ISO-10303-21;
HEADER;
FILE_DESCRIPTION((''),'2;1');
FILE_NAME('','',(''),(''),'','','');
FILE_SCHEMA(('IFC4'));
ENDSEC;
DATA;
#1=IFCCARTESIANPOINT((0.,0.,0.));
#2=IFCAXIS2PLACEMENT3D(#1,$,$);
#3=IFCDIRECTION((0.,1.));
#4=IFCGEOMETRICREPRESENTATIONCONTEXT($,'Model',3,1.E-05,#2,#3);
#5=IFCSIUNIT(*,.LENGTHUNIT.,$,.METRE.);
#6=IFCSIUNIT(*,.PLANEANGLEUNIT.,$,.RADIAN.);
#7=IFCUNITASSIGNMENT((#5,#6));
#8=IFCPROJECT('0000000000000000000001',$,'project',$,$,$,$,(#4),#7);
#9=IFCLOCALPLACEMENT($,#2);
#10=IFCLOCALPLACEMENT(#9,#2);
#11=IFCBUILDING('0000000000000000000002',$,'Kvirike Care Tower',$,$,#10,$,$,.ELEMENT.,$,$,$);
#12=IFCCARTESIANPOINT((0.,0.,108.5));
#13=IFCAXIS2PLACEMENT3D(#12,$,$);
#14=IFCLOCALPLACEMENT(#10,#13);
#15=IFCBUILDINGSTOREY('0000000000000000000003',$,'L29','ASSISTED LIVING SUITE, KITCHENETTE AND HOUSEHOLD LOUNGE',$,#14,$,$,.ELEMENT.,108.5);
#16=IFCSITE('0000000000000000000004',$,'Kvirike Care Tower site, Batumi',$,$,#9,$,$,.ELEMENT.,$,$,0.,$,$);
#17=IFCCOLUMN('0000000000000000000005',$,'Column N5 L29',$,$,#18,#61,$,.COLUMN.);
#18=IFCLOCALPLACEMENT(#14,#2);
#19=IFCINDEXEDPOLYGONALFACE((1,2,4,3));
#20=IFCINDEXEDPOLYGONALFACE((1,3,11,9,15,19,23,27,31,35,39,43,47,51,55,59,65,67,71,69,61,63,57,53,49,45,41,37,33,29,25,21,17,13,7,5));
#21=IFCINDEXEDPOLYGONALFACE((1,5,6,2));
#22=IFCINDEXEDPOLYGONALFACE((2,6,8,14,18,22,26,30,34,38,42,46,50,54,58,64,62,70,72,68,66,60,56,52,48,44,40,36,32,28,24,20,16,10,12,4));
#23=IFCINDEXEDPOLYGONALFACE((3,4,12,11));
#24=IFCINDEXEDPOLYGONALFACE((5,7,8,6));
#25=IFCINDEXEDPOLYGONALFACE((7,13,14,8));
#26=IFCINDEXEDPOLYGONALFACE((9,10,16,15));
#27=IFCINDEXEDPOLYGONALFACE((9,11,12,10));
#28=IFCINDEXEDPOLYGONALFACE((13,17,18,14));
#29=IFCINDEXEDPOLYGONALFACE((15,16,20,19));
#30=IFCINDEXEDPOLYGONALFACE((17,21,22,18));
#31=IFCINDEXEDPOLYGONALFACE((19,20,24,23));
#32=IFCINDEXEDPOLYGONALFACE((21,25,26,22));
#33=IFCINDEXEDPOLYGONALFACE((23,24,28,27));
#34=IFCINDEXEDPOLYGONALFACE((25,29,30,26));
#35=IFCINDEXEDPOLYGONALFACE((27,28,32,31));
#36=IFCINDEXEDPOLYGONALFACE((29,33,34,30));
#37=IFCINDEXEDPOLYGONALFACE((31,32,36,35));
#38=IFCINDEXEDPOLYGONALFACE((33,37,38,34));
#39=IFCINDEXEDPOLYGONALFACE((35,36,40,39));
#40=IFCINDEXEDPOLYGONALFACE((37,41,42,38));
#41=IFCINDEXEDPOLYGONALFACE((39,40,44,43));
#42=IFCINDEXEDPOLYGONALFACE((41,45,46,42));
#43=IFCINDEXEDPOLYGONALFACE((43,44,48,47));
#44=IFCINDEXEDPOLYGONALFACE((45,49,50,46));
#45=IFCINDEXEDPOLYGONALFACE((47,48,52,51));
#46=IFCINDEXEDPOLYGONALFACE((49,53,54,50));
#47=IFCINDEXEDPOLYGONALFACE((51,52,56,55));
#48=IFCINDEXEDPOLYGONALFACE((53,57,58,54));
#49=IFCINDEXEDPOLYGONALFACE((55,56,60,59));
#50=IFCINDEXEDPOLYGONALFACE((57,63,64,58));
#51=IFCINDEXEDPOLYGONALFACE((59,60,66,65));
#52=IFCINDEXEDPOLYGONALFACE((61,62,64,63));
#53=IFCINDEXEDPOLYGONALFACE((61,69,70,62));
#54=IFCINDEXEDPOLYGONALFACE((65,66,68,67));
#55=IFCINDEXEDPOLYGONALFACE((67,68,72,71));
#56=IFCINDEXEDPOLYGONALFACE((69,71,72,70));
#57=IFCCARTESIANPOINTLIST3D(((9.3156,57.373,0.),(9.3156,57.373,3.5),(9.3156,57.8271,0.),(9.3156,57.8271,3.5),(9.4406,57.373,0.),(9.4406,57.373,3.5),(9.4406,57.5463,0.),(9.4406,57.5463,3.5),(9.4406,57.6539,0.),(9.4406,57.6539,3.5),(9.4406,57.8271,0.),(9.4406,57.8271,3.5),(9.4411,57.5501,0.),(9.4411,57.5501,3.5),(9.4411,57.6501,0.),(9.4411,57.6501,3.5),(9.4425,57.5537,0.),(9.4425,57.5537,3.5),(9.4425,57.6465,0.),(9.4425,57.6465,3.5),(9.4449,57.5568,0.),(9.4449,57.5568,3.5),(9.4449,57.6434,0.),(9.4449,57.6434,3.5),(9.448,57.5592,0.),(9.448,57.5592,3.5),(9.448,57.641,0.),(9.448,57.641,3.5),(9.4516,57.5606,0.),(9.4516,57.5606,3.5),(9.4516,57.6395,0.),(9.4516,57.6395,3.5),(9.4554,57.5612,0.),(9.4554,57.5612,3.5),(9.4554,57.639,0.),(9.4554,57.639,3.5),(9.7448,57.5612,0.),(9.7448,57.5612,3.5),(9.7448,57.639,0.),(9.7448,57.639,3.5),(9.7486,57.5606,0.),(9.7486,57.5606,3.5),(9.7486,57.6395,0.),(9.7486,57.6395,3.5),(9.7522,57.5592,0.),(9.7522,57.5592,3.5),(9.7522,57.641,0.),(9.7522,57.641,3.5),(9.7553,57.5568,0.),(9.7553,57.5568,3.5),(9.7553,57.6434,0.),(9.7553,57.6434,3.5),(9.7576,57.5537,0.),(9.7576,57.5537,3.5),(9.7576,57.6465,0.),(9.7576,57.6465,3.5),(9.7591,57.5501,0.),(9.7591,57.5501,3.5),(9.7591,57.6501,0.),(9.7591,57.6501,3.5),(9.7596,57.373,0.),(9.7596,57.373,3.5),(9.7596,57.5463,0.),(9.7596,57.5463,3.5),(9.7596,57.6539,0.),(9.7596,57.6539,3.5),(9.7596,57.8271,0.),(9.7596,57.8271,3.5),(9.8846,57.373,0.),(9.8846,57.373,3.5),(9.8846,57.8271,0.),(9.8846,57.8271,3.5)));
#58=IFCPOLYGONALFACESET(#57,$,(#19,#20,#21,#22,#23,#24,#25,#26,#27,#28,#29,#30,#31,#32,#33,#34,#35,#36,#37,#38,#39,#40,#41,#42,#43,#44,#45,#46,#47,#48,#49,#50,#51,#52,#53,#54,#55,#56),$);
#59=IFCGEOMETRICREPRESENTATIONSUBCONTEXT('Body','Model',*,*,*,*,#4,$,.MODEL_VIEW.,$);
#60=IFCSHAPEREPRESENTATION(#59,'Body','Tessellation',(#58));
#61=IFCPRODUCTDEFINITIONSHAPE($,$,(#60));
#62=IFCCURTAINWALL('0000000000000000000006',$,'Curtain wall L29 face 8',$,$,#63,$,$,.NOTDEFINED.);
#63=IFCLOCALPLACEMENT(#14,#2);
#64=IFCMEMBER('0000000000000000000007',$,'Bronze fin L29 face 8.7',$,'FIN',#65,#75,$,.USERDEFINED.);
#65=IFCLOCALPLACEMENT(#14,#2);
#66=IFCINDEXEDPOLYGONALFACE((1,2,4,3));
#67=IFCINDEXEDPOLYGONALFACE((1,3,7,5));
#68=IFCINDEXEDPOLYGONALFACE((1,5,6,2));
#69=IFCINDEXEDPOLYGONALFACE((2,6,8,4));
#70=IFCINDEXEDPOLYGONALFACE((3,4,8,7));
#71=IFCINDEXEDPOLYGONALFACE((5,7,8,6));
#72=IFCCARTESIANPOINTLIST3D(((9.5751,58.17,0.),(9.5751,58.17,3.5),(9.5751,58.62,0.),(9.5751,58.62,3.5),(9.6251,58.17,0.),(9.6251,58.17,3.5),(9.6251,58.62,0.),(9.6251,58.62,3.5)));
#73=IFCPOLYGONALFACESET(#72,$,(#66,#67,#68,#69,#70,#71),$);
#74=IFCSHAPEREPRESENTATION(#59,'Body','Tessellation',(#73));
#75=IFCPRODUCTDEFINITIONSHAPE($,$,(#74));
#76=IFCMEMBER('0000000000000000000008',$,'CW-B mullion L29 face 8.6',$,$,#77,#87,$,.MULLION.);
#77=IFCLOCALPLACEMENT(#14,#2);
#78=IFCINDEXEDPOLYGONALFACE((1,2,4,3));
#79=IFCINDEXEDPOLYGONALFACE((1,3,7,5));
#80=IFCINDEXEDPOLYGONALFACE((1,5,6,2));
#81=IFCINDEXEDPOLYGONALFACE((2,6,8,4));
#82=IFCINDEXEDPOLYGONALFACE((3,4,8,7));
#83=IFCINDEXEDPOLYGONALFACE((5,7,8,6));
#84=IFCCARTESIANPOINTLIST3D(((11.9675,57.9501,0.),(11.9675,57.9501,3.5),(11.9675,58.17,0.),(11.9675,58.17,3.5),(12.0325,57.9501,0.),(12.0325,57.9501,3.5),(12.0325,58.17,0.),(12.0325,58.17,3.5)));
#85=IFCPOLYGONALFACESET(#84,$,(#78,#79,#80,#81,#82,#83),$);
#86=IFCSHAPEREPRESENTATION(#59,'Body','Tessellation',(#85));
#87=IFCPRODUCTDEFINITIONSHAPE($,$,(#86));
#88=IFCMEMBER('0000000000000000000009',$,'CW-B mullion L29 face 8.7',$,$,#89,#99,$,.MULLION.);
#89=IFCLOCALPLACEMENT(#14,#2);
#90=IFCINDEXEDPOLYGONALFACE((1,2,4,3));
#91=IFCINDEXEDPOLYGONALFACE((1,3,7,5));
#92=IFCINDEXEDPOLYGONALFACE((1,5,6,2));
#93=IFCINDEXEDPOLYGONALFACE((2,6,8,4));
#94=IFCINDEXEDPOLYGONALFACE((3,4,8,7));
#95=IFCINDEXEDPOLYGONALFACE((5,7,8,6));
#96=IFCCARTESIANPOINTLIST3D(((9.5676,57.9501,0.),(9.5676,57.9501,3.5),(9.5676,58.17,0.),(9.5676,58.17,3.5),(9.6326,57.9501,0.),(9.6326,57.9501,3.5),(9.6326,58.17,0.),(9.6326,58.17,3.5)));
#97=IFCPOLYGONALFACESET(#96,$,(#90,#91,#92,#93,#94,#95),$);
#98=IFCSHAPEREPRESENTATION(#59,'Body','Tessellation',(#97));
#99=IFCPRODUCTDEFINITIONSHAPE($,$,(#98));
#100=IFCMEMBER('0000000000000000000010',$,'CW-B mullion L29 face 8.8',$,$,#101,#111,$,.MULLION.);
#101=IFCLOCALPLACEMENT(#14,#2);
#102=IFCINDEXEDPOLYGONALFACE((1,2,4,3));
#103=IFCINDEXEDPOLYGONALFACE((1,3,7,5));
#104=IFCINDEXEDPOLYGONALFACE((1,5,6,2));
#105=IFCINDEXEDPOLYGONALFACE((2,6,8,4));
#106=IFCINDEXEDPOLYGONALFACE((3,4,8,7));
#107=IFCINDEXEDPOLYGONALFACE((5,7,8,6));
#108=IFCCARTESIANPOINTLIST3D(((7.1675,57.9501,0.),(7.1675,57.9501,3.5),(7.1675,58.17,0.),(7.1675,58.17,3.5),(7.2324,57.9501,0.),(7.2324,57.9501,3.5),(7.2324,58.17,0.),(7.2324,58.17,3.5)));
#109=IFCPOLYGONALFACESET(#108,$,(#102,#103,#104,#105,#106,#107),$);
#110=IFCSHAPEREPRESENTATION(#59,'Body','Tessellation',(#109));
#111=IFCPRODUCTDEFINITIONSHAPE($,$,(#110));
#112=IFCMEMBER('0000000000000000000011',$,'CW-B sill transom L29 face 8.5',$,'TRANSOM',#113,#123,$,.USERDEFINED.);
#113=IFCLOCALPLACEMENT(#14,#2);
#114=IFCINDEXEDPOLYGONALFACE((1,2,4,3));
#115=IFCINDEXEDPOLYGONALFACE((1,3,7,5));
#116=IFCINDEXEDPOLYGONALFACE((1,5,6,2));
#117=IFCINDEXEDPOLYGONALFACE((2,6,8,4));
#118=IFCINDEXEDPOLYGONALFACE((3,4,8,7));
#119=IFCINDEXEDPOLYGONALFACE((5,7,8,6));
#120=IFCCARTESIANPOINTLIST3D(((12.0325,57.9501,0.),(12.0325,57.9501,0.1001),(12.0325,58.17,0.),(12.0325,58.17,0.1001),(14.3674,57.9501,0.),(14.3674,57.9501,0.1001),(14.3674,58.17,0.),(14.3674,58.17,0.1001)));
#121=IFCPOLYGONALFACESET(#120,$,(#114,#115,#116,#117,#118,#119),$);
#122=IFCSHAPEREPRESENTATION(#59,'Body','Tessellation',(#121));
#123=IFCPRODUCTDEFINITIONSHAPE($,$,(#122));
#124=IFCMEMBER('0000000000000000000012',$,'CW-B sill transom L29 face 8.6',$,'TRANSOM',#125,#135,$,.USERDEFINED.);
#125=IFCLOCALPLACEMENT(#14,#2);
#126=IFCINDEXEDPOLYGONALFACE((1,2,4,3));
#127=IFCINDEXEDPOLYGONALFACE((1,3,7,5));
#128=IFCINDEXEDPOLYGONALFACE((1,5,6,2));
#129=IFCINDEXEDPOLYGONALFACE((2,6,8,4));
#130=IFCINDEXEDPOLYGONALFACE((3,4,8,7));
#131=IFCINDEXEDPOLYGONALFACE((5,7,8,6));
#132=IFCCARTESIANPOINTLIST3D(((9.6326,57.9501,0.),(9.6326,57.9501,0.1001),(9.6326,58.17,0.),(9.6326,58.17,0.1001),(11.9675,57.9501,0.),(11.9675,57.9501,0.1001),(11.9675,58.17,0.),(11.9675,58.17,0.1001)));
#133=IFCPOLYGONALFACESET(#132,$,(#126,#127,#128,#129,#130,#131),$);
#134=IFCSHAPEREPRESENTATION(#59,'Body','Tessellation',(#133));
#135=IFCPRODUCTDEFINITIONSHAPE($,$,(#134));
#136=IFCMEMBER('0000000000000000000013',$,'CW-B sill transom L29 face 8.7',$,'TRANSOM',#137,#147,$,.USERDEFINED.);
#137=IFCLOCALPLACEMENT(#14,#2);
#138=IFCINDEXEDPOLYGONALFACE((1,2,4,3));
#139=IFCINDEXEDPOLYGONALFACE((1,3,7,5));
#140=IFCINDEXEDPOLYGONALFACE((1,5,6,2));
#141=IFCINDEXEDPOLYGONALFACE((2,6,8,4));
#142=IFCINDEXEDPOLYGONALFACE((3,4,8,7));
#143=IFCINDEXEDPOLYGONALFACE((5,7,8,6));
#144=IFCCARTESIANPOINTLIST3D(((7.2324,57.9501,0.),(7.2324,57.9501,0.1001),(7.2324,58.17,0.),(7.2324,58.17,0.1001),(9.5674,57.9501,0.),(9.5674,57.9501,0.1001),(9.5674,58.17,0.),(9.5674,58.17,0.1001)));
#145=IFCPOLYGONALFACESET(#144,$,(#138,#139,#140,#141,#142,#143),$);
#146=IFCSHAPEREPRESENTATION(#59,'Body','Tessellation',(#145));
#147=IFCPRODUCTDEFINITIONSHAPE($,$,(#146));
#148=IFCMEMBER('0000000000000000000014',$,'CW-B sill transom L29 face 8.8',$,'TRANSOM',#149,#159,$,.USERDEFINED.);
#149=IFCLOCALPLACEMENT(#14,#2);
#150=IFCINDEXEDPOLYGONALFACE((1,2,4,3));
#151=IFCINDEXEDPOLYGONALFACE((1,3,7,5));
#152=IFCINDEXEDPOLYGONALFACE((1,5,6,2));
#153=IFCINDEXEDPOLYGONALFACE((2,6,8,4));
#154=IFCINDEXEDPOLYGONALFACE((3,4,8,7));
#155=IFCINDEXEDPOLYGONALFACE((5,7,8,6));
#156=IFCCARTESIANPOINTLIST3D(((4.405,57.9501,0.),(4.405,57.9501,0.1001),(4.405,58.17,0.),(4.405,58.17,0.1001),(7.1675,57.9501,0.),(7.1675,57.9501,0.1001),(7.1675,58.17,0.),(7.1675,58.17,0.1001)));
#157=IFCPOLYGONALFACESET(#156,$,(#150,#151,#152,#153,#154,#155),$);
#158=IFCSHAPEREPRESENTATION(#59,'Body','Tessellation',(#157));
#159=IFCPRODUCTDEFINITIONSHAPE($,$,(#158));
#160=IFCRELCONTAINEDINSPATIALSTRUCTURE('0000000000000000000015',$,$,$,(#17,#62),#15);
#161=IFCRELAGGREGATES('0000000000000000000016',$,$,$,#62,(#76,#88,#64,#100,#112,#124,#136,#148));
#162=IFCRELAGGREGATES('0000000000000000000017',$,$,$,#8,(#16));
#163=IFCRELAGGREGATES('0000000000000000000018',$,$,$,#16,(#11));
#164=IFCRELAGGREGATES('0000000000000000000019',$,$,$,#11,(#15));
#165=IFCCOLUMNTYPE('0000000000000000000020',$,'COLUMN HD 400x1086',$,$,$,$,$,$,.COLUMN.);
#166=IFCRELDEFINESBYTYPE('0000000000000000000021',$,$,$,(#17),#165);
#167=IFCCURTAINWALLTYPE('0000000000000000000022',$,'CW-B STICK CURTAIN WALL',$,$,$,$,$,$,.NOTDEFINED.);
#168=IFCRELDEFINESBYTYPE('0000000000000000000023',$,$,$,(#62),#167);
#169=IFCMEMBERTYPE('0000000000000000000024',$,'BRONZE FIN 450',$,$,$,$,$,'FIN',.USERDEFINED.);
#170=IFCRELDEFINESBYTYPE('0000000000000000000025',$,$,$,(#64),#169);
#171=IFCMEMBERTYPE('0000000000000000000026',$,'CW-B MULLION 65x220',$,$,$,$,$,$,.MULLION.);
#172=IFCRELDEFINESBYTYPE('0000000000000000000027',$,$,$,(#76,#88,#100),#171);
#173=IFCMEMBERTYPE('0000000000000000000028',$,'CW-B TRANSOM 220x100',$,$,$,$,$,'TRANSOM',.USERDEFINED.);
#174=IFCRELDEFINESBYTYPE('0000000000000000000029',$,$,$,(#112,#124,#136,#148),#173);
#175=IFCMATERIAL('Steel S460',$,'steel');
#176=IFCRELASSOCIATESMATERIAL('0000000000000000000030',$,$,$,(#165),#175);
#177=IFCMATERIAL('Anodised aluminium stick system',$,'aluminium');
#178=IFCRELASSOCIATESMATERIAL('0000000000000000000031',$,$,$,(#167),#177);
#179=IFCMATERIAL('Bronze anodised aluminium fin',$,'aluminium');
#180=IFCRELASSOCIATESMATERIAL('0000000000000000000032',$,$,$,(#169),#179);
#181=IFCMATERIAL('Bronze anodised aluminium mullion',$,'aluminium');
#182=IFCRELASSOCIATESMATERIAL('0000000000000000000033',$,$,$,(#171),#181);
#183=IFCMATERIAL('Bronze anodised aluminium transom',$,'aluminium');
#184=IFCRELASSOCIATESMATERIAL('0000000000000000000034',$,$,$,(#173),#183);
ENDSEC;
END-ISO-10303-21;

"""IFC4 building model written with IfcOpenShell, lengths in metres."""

from ifc_helpers import new_model, si_unit, direction, frame, origin, origin_2d, place, context, subcontext, project, spatial, rectangle, i_section, extrude, material, material_profile, profile_set, type_object, element, aggregate, save


model = new_model("IFC4")

# Units and contexts
model_context = context("Model", 3, precision=1e-05, world=origin(), true_north=direction((0.0, 1.0)))
body_context = subcontext(model_context, "Body", "Model", "MODEL_VIEW")
ifc_project = project(units=[si_unit("LENGTHUNIT", "METRE"), si_unit("PLANEANGLEUNIT", "RADIAN")], contexts=[model_context])

# Site, building, storey
site_placement = place(None, origin())
site = spatial("IfcSite", under=ifc_project, at=site_placement, Name="Kvirike Care Tower site, Batumi", CompositionType="ELEMENT", RefElevation=0.0)
building_placement = place(site_placement, origin())
building = spatial("IfcBuilding", under=site, at=building_placement, Name="Kvirike Care Tower", CompositionType="ELEMENT")
storey_placement = place(building_placement, frame((0.0, 0.0, 108.5)))
storey = spatial("IfcBuildingStorey", under=building, at=storey_placement, Name="L29", Description="ASSISTED LIVING SUITE, KITCHENETTE AND HOUSEHOLD LOUNGE", CompositionType="ELEMENT", Elevation=108.5)

# Column
ifc_material_1 = material(Name="Steel S460", Category="steel")
ifc_material_profile_1 = material_profile(ifc_material_1, i_section(OverallWidth=0.4541, OverallDepth=0.5691, WebThickness=0.0779, FlangeThickness=0.125, FilletRadius=0.0149, at=origin_2d()), Name="HD 400x1086")
ifc_profile_set_1 = profile_set([ifc_material_profile_1], Name="Steel S460")
column_type = type_object("IfcColumnType", Name="COLUMN HD 400x1086", PredefinedType="COLUMN", material=ifc_profile_set_1)
column_placement = place(storey_placement, frame((9.6001, 57.6001, 0.0), z_axis=(0.0, 0.0, 1.0), x_axis=(0.0, 1.0, 0.0)))
element("IfcColumn", 1, at=column_placement, inside=storey, type_object=column_type, Name="Column N5 L29", PredefinedType="COLUMN", context=body_context, shape_type="SweptSolid", body=[
    extrude(i_section(OverallWidth=0.4541, OverallDepth=0.5691, WebThickness=0.0779, FlangeThickness=0.125, FilletRadius=0.0149, at=origin_2d()), origin(), (0.0, 0.0, 1.0), 3.5),
])

# Curtain wall, members
ifc_material_2 = material(Name="Anodised aluminium stick system", Category="aluminium")
curtain_wall_type = type_object("IfcCurtainWallType", Name="CW-B STICK CURTAIN WALL", PredefinedType="NOTDEFINED", material=ifc_material_2)
curtain_wall_placement = place(storey_placement, origin())
curtain_wall = element("IfcCurtainWall", 2, at=curtain_wall_placement, inside=storey, type_object=curtain_wall_type, Name="Curtain wall L29 face 8", PredefinedType="NOTDEFINED")
ifc_material_3 = material(Name="Bronze anodised aluminium fin", Category="aluminium")
ifc_material_profile_2 = material_profile(ifc_material_3, rectangle(XDim=0.05, YDim=0.45, at=origin_2d()), Name="BRONZE FIN 450")
ifc_profile_set_2 = profile_set([ifc_material_profile_2], Name="Bronze anodised aluminium fin")
member_type_1 = type_object("IfcMemberType", Name="BRONZE FIN 450", ElementType="FIN", PredefinedType="USERDEFINED", material=ifc_profile_set_2)
member_1_placement = place(storey_placement, frame((9.6001, 58.395, 0.0), z_axis=(0.0, 0.0, 1.0), x_axis=(-1.0, 0.0, 0.0)))
member_1 = element("IfcMember", 3, at=member_1_placement, type_object=member_type_1, Name="Bronze fin L29 face 8.7", ObjectType="FIN", PredefinedType="USERDEFINED", context=body_context, shape_type="SweptSolid", body=[
    extrude(rectangle(XDim=0.05, YDim=0.45, at=origin_2d()), origin(), (0.0, 0.0, 1.0), 3.5),
])
ifc_material_4 = material(Name="Bronze anodised aluminium mullion", Category="aluminium")
ifc_material_profile_3 = material_profile(ifc_material_4, rectangle(XDim=0.0649, YDim=0.22, at=origin_2d()), Name="CW-B MULLION 65x220")
ifc_profile_set_3 = profile_set([ifc_material_profile_3], Name="Bronze anodised aluminium mullion")
member_type_2 = type_object("IfcMemberType", Name="CW-B MULLION 65x220", PredefinedType="MULLION", material=ifc_profile_set_3)
member_2_placement = place(storey_placement, frame((12.0, 58.0601, 0.0), z_axis=(0.0, 0.0, 1.0), x_axis=(-1.0, 0.0, 0.0)))
member_2 = element("IfcMember", 4, at=member_2_placement, type_object=member_type_2, Name="CW-B mullion L29 face 8.6", PredefinedType="MULLION", context=body_context, shape_type="SweptSolid", body=[
    extrude(rectangle(XDim=0.0649, YDim=0.22, at=origin_2d()), origin(), (0.0, 0.0, 1.0), 3.5),
])
member_3_placement = place(storey_placement, frame((9.6001, 58.0601, 0.0), z_axis=(0.0, 0.0, 1.0), x_axis=(-1.0, 0.0, 0.0)))
member_3 = element("IfcMember", 5, at=member_3_placement, type_object=member_type_2, Name="CW-B mullion L29 face 8.7", PredefinedType="MULLION", context=body_context, shape_type="SweptSolid", body=[
    extrude(rectangle(XDim=0.0649, YDim=0.22, at=origin_2d()), origin(), (0.0, 0.0, 1.0), 3.5),
])
member_4_placement = place(storey_placement, frame((7.2, 58.0601, 0.0), z_axis=(0.0, 0.0, 1.0), x_axis=(-1.0, 0.0, 0.0)))
member_4 = element("IfcMember", 6, at=member_4_placement, type_object=member_type_2, Name="CW-B mullion L29 face 8.8", PredefinedType="MULLION", context=body_context, shape_type="SweptSolid", body=[
    extrude(rectangle(XDim=0.0649, YDim=0.22, at=origin_2d()), origin(), (0.0, 0.0, 1.0), 3.5),
])
ifc_material_5 = material(Name="Bronze anodised aluminium transom", Category="aluminium")
ifc_material_profile_4 = material_profile(ifc_material_5, rectangle(XDim=0.22, YDim=0.1001, at=origin_2d()), Name="CW-B TRANSOM 220x100")
ifc_profile_set_4 = profile_set([ifc_material_profile_4], Name="Bronze anodised aluminium transom")
member_type_3 = type_object("IfcMemberType", Name="CW-B TRANSOM 220x100", ElementType="TRANSOM", PredefinedType="USERDEFINED", material=ifc_profile_set_4)
member_5_placement = place(storey_placement, frame((14.3674, 58.0601, 0.05), z_axis=(-1.0, 0.0, 0.0), x_axis=(0.0, -1.0, 0.0)))
member_5 = element("IfcMember", 7, at=member_5_placement, type_object=member_type_3, Name="CW-B sill transom L29 face 8.5", ObjectType="TRANSOM", PredefinedType="USERDEFINED", context=body_context, shape_type="SweptSolid", body=[
    extrude(rectangle(XDim=0.22, YDim=0.1001, at=origin_2d()), origin(), (0.0, 0.0, 1.0), 2.335),
])
member_6_placement = place(storey_placement, frame((11.9675, 58.0601, 0.05), z_axis=(-1.0, 0.0, 0.0), x_axis=(0.0, -1.0, 0.0)))
member_6 = element("IfcMember", 8, at=member_6_placement, type_object=member_type_3, Name="CW-B sill transom L29 face 8.6", ObjectType="TRANSOM", PredefinedType="USERDEFINED", context=body_context, shape_type="SweptSolid", body=[
    extrude(rectangle(XDim=0.22, YDim=0.1001, at=origin_2d()), origin(), (0.0, 0.0, 1.0), 2.335),
])
member_7_placement = place(storey_placement, frame((9.5674, 58.0601, 0.05), z_axis=(-1.0, 0.0, 0.0), x_axis=(0.0, -1.0, 0.0)))
member_7 = element("IfcMember", 9, at=member_7_placement, type_object=member_type_3, Name="CW-B sill transom L29 face 8.7", ObjectType="TRANSOM", PredefinedType="USERDEFINED", context=body_context, shape_type="SweptSolid", body=[
    extrude(rectangle(XDim=0.22, YDim=0.1001, at=origin_2d()), origin(), (0.0, 0.0, 1.0), 2.335),
])
member_8_placement = place(storey_placement, frame((7.1675, 58.0601, 0.05), z_axis=(-1.0, 0.0, 0.0), x_axis=(0.0, -1.0, 0.0)))
member_8 = element("IfcMember", 10, at=member_8_placement, type_object=member_type_3, Name="CW-B sill transom L29 face 8.8", ObjectType="TRANSOM", PredefinedType="USERDEFINED", context=body_context, shape_type="SweptSolid", body=[
    extrude(rectangle(XDim=0.22, YDim=0.1001, at=origin_2d()), origin(), (0.0, 0.0, 1.0), 2.7625),
])

aggregate(curtain_wall, [member_2, member_3, member_1, member_4, member_5, member_6, member_7, member_8])

save(model, "model.ifc")
